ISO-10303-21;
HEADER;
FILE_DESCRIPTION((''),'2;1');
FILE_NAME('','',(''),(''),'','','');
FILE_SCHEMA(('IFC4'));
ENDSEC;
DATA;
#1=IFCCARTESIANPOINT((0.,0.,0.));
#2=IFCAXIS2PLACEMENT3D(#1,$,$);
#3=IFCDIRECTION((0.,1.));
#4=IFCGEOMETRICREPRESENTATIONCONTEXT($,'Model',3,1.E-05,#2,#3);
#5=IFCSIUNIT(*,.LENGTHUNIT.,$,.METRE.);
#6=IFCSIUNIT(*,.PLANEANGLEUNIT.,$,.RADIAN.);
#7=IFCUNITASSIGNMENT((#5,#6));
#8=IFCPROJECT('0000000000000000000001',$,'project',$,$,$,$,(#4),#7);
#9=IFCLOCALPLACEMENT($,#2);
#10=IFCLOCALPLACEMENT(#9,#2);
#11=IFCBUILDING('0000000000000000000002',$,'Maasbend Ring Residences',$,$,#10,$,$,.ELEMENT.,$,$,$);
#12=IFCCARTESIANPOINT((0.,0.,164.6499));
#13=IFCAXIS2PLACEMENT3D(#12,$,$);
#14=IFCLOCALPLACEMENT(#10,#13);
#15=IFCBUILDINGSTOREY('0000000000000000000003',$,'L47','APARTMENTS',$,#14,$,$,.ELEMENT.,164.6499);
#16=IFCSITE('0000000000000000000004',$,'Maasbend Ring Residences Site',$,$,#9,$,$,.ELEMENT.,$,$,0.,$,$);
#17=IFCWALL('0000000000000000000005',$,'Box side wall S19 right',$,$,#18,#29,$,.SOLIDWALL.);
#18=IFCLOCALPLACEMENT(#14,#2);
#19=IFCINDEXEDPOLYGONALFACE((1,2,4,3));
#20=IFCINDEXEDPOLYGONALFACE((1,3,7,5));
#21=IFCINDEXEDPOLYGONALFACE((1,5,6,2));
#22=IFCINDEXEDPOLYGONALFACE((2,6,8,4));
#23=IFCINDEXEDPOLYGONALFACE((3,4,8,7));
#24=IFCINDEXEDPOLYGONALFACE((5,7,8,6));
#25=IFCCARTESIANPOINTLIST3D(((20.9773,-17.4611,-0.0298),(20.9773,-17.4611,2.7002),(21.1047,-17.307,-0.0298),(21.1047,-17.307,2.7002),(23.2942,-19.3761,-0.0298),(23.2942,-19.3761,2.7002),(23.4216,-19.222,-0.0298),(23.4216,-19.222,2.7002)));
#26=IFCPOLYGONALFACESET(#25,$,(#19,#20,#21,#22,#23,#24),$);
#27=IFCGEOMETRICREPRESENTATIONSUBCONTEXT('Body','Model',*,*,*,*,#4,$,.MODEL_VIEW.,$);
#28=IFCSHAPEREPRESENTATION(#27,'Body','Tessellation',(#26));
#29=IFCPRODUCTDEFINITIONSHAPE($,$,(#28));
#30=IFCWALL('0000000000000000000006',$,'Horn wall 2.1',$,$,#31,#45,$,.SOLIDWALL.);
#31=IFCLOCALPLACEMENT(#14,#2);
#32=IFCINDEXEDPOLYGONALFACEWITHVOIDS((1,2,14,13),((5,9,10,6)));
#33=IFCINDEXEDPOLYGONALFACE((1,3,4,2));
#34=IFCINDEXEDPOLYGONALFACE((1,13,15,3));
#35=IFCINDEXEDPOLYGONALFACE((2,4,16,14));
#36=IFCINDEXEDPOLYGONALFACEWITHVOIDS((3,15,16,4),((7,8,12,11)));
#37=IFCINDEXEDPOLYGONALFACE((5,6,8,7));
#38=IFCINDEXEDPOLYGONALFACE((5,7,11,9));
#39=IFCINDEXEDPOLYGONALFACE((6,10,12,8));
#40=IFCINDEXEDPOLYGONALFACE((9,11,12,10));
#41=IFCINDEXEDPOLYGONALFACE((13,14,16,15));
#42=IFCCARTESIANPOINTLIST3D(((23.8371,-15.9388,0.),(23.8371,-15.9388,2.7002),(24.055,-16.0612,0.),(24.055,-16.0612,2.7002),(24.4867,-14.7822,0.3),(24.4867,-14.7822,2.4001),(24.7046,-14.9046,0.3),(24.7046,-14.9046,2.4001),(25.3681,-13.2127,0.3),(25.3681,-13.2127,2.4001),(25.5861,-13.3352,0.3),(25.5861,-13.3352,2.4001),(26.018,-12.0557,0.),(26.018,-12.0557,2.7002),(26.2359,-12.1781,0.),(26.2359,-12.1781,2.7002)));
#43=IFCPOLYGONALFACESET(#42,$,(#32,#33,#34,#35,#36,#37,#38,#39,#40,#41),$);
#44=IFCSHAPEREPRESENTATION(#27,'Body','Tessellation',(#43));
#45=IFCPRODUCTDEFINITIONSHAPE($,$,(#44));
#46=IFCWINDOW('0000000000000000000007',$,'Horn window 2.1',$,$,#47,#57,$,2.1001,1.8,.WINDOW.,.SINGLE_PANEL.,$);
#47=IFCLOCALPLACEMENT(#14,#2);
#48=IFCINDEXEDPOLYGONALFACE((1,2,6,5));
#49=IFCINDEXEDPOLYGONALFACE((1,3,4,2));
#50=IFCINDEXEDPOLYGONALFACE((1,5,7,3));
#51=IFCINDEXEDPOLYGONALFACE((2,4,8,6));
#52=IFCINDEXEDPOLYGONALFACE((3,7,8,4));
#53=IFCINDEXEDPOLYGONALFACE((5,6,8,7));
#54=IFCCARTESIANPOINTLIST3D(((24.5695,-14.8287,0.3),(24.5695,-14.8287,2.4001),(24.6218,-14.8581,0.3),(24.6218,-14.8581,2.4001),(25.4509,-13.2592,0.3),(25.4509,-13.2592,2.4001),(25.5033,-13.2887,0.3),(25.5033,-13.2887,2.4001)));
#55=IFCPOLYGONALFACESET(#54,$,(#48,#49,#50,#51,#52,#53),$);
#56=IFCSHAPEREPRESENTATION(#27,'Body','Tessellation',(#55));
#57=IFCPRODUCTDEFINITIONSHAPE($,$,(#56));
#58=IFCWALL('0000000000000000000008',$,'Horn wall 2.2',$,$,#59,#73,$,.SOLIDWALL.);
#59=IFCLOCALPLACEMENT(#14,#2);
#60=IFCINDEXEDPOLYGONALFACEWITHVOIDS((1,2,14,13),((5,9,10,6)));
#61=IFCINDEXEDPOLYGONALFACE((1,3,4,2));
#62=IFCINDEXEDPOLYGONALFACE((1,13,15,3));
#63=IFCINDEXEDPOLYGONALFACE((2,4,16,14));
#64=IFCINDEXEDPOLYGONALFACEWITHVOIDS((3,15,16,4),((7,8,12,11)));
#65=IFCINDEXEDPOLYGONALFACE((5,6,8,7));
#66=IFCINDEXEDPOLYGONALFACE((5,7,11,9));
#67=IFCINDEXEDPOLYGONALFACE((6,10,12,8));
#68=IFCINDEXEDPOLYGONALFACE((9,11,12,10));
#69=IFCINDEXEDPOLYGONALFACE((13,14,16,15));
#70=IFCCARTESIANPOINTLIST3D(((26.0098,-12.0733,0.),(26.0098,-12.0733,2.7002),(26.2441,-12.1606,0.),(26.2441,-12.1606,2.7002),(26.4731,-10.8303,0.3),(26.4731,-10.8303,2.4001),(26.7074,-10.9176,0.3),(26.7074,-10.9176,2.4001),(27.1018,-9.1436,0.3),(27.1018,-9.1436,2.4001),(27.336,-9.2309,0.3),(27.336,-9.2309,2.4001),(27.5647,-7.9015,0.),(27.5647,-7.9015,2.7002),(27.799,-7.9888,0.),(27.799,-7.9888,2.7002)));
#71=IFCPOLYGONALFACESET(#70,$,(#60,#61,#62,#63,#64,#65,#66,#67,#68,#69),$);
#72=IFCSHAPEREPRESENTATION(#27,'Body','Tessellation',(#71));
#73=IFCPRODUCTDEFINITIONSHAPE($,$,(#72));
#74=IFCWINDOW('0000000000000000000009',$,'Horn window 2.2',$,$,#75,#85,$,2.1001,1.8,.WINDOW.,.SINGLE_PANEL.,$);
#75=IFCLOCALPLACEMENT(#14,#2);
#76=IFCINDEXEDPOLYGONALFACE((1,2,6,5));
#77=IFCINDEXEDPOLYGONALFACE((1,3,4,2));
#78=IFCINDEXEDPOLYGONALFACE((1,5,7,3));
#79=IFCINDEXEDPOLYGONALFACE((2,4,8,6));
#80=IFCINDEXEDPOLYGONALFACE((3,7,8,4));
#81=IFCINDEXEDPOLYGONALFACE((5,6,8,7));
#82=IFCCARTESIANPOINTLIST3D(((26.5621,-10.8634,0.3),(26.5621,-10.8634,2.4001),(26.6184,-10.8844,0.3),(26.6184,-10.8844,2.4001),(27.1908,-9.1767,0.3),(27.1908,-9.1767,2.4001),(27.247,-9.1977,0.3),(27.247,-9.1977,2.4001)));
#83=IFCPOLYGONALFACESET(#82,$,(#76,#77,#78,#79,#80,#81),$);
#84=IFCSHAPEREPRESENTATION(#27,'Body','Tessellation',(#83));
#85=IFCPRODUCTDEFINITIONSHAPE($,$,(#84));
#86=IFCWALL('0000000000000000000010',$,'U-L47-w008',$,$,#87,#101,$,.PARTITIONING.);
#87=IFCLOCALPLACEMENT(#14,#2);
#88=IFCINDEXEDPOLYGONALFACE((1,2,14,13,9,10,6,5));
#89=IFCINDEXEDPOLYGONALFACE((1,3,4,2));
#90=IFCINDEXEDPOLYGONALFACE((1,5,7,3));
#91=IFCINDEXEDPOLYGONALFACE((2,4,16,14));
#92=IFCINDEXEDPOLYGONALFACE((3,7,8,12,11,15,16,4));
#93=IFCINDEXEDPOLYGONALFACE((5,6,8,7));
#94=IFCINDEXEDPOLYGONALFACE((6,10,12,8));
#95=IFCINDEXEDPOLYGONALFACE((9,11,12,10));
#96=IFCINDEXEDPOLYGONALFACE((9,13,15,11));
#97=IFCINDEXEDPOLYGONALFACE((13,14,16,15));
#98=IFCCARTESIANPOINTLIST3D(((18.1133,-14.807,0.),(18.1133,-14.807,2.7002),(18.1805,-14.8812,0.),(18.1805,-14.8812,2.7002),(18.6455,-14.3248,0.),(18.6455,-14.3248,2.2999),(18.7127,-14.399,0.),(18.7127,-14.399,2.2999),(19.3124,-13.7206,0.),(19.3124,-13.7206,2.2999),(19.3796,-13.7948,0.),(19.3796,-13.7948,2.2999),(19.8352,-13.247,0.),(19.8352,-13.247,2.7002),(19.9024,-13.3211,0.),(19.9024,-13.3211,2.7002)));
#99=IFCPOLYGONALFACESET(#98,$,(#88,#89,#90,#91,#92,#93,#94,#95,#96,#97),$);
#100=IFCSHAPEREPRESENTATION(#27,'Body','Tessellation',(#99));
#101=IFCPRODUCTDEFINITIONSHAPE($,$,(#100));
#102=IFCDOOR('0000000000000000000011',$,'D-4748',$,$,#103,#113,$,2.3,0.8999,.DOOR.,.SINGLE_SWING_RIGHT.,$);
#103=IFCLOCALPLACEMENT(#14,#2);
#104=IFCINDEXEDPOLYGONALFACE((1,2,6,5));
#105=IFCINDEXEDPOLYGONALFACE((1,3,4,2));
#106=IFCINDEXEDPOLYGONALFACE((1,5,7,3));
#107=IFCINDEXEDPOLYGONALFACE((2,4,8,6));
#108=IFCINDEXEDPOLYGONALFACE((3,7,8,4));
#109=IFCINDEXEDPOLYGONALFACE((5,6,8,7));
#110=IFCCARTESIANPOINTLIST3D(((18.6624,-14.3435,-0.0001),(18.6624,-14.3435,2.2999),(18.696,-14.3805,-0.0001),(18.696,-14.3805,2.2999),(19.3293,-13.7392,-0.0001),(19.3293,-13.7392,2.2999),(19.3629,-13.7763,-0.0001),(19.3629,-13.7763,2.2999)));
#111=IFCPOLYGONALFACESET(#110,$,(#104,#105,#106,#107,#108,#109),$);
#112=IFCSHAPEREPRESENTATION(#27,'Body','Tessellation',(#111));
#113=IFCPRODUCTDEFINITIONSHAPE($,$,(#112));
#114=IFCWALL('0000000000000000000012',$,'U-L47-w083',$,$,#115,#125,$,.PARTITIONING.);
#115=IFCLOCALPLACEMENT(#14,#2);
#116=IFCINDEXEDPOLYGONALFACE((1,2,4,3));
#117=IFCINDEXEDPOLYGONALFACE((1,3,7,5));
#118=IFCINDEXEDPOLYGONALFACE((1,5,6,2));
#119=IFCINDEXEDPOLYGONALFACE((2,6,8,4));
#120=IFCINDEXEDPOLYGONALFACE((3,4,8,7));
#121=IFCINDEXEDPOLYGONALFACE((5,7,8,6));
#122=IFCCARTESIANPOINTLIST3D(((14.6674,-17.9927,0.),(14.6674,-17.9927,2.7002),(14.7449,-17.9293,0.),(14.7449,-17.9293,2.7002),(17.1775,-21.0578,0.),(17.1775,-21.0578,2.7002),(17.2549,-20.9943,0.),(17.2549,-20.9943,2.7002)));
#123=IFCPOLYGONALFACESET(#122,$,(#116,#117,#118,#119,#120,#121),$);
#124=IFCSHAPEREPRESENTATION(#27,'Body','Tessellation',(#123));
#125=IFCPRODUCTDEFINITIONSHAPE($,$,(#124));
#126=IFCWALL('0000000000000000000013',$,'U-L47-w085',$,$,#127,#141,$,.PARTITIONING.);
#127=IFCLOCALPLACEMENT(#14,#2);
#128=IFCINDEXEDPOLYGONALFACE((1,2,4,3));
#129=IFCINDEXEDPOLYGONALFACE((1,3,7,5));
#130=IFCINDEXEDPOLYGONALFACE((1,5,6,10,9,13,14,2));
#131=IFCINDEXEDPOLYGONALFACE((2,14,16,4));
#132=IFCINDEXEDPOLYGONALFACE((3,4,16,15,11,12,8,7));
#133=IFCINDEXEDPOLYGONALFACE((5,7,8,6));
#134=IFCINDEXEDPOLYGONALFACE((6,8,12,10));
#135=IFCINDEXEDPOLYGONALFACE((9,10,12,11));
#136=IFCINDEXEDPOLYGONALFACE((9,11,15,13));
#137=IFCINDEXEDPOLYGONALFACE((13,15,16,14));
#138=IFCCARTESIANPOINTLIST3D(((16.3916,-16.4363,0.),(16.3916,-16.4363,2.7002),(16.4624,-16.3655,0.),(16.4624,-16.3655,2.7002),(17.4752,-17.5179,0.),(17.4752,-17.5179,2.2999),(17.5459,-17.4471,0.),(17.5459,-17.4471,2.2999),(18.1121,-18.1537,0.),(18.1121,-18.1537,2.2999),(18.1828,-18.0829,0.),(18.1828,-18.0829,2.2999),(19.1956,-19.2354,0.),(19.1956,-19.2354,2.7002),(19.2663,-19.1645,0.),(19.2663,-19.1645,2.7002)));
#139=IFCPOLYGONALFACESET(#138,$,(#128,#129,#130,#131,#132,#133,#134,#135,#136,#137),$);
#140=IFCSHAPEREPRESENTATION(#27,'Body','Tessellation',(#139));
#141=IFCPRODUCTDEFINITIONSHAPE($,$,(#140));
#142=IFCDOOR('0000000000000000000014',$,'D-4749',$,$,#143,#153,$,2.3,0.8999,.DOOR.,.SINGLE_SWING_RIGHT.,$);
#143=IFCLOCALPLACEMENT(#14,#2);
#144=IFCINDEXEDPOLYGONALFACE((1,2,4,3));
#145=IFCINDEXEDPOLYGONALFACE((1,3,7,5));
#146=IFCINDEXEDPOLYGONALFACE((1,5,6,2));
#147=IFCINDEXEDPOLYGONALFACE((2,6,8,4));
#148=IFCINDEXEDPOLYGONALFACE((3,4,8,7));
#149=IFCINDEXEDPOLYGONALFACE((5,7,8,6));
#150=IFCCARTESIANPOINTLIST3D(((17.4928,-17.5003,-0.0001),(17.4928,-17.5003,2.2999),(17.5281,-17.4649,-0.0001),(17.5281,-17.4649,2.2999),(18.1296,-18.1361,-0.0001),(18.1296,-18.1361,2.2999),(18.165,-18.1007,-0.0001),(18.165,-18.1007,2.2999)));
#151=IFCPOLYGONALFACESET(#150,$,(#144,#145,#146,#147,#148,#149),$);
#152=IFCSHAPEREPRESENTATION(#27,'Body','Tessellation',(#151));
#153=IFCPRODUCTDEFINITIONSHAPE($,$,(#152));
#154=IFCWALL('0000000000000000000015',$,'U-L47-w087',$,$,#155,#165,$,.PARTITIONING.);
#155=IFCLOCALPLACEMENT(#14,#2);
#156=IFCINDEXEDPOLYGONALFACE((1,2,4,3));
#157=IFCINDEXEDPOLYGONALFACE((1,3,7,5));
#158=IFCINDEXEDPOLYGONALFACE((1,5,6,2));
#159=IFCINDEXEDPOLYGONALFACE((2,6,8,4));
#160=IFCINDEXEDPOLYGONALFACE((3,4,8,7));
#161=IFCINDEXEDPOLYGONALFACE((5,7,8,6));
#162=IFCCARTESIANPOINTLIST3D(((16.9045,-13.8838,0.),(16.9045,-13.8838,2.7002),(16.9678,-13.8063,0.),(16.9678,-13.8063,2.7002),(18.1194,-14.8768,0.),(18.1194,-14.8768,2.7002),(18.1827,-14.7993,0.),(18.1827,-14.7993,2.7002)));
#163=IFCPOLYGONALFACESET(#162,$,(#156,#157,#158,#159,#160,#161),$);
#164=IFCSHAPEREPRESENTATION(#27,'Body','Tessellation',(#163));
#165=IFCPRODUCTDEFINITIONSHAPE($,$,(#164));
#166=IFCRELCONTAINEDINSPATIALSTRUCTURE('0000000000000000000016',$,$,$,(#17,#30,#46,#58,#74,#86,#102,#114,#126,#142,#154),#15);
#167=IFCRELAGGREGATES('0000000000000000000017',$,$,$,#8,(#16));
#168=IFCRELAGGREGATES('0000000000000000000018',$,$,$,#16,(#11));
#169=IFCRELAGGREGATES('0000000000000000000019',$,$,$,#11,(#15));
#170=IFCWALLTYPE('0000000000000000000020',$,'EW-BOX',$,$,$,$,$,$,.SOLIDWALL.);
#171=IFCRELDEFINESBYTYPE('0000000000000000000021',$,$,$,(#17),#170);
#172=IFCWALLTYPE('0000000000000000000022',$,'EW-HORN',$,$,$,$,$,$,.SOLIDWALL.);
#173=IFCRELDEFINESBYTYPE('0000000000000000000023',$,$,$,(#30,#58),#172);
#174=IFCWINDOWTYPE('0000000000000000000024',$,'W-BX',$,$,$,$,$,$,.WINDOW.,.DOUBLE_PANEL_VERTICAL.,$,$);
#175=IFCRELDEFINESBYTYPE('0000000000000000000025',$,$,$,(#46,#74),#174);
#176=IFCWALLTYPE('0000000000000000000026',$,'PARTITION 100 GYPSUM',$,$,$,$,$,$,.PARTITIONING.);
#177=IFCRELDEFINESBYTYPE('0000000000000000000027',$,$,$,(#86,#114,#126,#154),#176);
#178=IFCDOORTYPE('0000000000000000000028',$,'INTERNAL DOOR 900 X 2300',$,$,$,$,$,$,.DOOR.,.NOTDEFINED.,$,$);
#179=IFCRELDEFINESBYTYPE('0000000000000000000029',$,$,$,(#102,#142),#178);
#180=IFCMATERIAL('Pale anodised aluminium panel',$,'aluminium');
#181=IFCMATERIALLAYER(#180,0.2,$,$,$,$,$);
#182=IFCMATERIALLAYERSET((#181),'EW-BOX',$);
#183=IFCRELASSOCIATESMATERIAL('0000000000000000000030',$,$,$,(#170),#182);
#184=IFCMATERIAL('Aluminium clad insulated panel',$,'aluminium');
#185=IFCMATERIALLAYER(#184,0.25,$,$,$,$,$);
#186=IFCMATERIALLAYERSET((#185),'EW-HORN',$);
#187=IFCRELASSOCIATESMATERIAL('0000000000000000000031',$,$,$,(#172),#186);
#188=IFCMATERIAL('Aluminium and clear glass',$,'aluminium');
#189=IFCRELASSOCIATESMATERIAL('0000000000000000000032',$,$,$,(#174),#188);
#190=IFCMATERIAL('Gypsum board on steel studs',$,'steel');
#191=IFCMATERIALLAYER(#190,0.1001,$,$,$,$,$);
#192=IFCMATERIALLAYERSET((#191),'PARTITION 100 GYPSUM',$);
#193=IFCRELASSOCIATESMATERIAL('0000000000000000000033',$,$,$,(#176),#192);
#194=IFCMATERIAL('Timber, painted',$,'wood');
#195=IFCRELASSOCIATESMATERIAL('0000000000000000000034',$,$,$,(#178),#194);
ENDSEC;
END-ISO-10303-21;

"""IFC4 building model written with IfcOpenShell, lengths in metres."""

from ifc_helpers import new_model, si_unit, direction, frame, frame_2d, origin, place, context, subcontext, project, spatial, rectangle, extrude, material, layer, layer_set, type_object, element, fill, save


model = new_model("IFC4")

# Units and contexts
model_context = context("Model", 3, precision=1e-05, world=origin(), true_north=direction((0.0, 1.0)))
body_context = subcontext(model_context, "Body", "Model", "MODEL_VIEW")
ifc_project = project(units=[si_unit("LENGTHUNIT", "METRE"), si_unit("PLANEANGLEUNIT", "RADIAN")], contexts=[model_context])

# Site, building, storey
site_placement = place(None, origin())
site = spatial("IfcSite", under=ifc_project, at=site_placement, Name="Maasbend Ring Residences Site", CompositionType="ELEMENT", RefElevation=0.0)
building_placement = place(site_placement, origin())
building = spatial("IfcBuilding", under=site, at=building_placement, Name="Maasbend Ring Residences", CompositionType="ELEMENT")
storey_placement = place(building_placement, frame((0.0, 0.0, 164.6499)))
storey = spatial("IfcBuildingStorey", under=building, at=storey_placement, Name="L47", Description="APARTMENTS", CompositionType="ELEMENT", Elevation=164.6499)

# Wall
ifc_material_1 = material(Name="Pale anodised aluminium panel", Category="aluminium")
ifc_layer_1 = layer(ifc_material_1, 0.2)
ifc_layer_set_1 = layer_set([ifc_layer_1], Name="EW-BOX")
wall_type_1 = type_object("IfcWallType", Name="EW-BOX", PredefinedType="SOLIDWALL", material=ifc_layer_set_1)
wall_1_placement = place(storey_placement, frame((21.041, -17.384, -0.0298), z_axis=(0.0, 0.0, 1.0), x_axis=(0.770785, -0.637096, 0.0)))
element("IfcWall", 1, at=wall_1_placement, inside=storey, type_object=wall_type_1, Name="Box side wall S19 right", PredefinedType="SOLIDWALL", context=body_context, shape_type="SweptSolid", body=[
    extrude(rectangle(XDim=3.0059, YDim=0.2, at=frame_2d((1.5029, 0.0))), origin(), (0.0, 0.0, 1.0), 2.73),
])

# Walls, openings, windows
ifc_material_2 = material(Name="Aluminium clad insulated panel", Category="aluminium")
ifc_layer_2 = layer(ifc_material_2, 0.25)
ifc_layer_set_2 = layer_set([ifc_layer_2], Name="EW-HORN")
wall_type_2 = type_object("IfcWallType", Name="EW-HORN", PredefinedType="SOLIDWALL", material=ifc_layer_set_2)
wall_2_placement = place(storey_placement, frame((23.946, -16.0, 0.0), z_axis=(0.0, 0.0, 1.0), x_axis=(0.489696, 0.871893, 0.0)))
wall_2 = element("IfcWall", 2, at=wall_2_placement, inside=storey, type_object=wall_type_2, Name="Horn wall 2.1", PredefinedType="SOLIDWALL", context=body_context, shape_type="SweptSolid", body=[
    extrude(rectangle(XDim=4.4536, YDim=0.25, at=frame_2d((2.2268, 0.0))), origin(), (0.0, 0.0, 1.0), 2.7002),
])
opening_1_placement = place(wall_2_placement, frame((1.3267, 0.0, 0.3)))
opening_1 = element("IfcOpeningElement", 3, at=opening_1_placement, cuts=wall_2, PredefinedType="OPENING", context=body_context, shape_type="SweptSolid", body=[
    extrude(rectangle(XDim=1.8, YDim=2.1001, at=frame_2d((0.8999, 1.05))), frame((0.0, 0.135, 0.0), z_axis=(0.0, -1.0, 0.0), x_axis=(1.0, 0.0, 0.0)), (0.0, 0.0, 1.0), 0.27),
])
ifc_material_3 = material(Name="Aluminium and clear glass", Category="aluminium")
window_type = type_object("IfcWindowType", Name="W-BX", PartitioningType="DOUBLE_PANEL_VERTICAL", PredefinedType="WINDOW", material=ifc_material_3)
window_1_placement = place(opening_1_placement, origin())
window_1 = element("IfcWindow", 4, at=window_1_placement, inside=storey, type_object=window_type, Name="Horn window 2.1", OverallHeight=2.1001, OverallWidth=1.8, PartitioningType="SINGLE_PANEL", PredefinedType="WINDOW", context=body_context, shape_type="SweptSolid", body=[
    extrude(rectangle(XDim=1.8, YDim=2.1001, at=frame_2d((0.8999, 1.05))), frame((0.0, 0.03, 0.0), z_axis=(0.0, -1.0, 0.0), x_axis=(1.0, 0.0, 0.0)), (0.0, 0.0, 1.0), 0.0601),
])
fill(opening_1, window_1)
wall_3_placement = place(storey_placement, frame((26.127, -12.1169, 0.0), z_axis=(0.0, 0.0, 1.0), x_axis=(0.349248, 0.93703, 0.0)))
wall_3 = element("IfcWall", 5, at=wall_3_placement, inside=storey, type_object=wall_type_2, Name="Horn wall 2.2", PredefinedType="SOLIDWALL", context=body_context, shape_type="SweptSolid", body=[
    extrude(rectangle(XDim=4.4521, YDim=0.25, at=frame_2d((2.2261, 0.0))), origin(), (0.0, 0.0, 1.0), 2.7002),
])
opening_2_placement = place(wall_3_placement, frame((1.3267, 0.0, 0.3)))
opening_2 = element("IfcOpeningElement", 6, at=opening_2_placement, cuts=wall_3, PredefinedType="OPENING", context=body_context, shape_type="SweptSolid", body=[
    extrude(rectangle(XDim=1.8, YDim=2.1001, at=frame_2d((0.8999, 1.05))), frame((0.0, 0.135, 0.0), z_axis=(0.0, -1.0, 0.0), x_axis=(1.0, 0.0, 0.0)), (0.0, 0.0, 1.0), 0.27),
])
window_2_placement = place(opening_2_placement, origin())
window_2 = element("IfcWindow", 7, at=window_2_placement, inside=storey, type_object=window_type, Name="Horn window 2.2", OverallHeight=2.1001, OverallWidth=1.8, PartitioningType="SINGLE_PANEL", PredefinedType="WINDOW", context=body_context, shape_type="SweptSolid", body=[
    extrude(rectangle(XDim=1.8, YDim=2.1001, at=frame_2d((0.8999, 1.05))), frame((0.0, 0.03, 0.0), z_axis=(0.0, -1.0, 0.0), x_axis=(1.0, 0.0, 0.0)), (0.0, 0.0, 1.0), 0.0601),
])
fill(opening_2, window_2)

# Wall, opening, door
ifc_material_4 = material(Name="Gypsum board on steel studs", Category="steel")
ifc_layer_3 = layer(ifc_material_4, 0.1001)
ifc_layer_set_3 = layer_set([ifc_layer_3], Name="PARTITION 100 GYPSUM")
wall_type_3 = type_object("IfcWallType", Name="PARTITION 100 GYPSUM", PredefinedType="PARTITIONING", material=ifc_layer_set_3)
wall_4_placement = place(storey_placement, frame((18.147, -14.844, 0.0), z_axis=(0.0, 0.0, 1.0), x_axis=(0.74108, 0.671417, 0.0)))
wall_4 = element("IfcWall", 8, at=wall_4_placement, inside=storey, type_object=wall_type_3, Name="U-L47-w008", PredefinedType="PARTITIONING", context=body_context, shape_type="SweptSolid", body=[
    extrude(rectangle(XDim=2.3235, YDim=0.1001, at=frame_2d((1.1616, 0.0))), origin(), (0.0, 0.0, 1.0), 2.7002),
])
opening_3_placement = place(wall_4_placement, frame((0.718, 0.0, 0.0)))
opening_3 = element("IfcOpeningElement", 9, at=opening_3_placement, cuts=wall_4, PredefinedType="OPENING", context=body_context, shape_type="SweptSolid", body=[
    extrude(rectangle(XDim=0.8999, YDim=2.3, at=frame_2d((0.45, 1.1499))), frame((0.0, 0.0601, 0.0), z_axis=(0.0, -1.0, 0.0), x_axis=(1.0, 0.0, 0.0)), (0.0, 0.0, 1.0), 0.1201),
])
ifc_material_5 = material(Name="Timber, painted", Category="wood")
door_type_1 = type_object("IfcDoorType", Name="INTERNAL DOOR 900 X 2300", OperationType="NOTDEFINED", PredefinedType="DOOR", material=ifc_material_5)
door_1_placement = place(opening_3_placement, origin())
door_1 = element("IfcDoor", 10, at=door_1_placement, inside=storey, type_object=door_type_1, Name="D-4748", OperationType="SINGLE_SWING_RIGHT", OverallHeight=2.3, OverallWidth=0.8999, PredefinedType="DOOR", context=body_context, shape_type="SweptSolid", body=[
    extrude(rectangle(XDim=0.8999, YDim=2.3, at=frame_2d((0.45, 1.1499))), frame((0.0, 0.0249, 0.0), z_axis=(0.0, -1.0, 0.0), x_axis=(1.0, 0.0, 0.0)), (0.0, 0.0, 1.0), 0.05),
])
fill(opening_3, door_1)

# Wall
wall_5_placement = place(storey_placement, frame((14.7061, -17.9609, 0.0), z_axis=(0.0, 0.0, 1.0), x_axis=(0.63359, -0.773669, 0.0)))
element("IfcWall", 11, at=wall_5_placement, inside=storey, type_object=wall_type_3, Name="U-L47-w083", PredefinedType="PARTITIONING", context=body_context, shape_type="SweptSolid", body=[
    extrude(rectangle(XDim=3.9617, YDim=0.1001, at=frame_2d((1.981, 0.0))), origin(), (0.0, 0.0, 1.0), 2.7002),
])

# Wall, opening, door
wall_6_placement = place(storey_placement, frame((16.427, -16.4009, 0.0), z_axis=(0.0, 0.0, 1.0), x_axis=(0.707723, -0.70649, 0.0)))
wall_6 = element("IfcWall", 12, at=wall_6_placement, inside=storey, type_object=wall_type_3, Name="U-L47-w085", PredefinedType="PARTITIONING", context=body_context, shape_type="SweptSolid", body=[
    extrude(rectangle(XDim=3.9619, YDim=0.1001, at=frame_2d((1.981, 0.0))), origin(), (0.0, 0.0, 1.0), 2.7002),
])
opening_4_placement = place(wall_6_placement, frame((1.531, 0.0, 0.0)))
opening_4 = element("IfcOpeningElement", 13, at=opening_4_placement, cuts=wall_6, PredefinedType="OPENING", context=body_context, shape_type="SweptSolid", body=[
    extrude(rectangle(XDim=0.8999, YDim=2.3, at=frame_2d((0.45, 1.1499))), frame((0.0, 0.0601, 0.0), z_axis=(0.0, -1.0, 0.0), x_axis=(1.0, 0.0, 0.0)), (0.0, 0.0, 1.0), 0.1201),
])
door_2_placement = place(opening_4_placement, origin())
door_2 = element("IfcDoor", 14, at=door_2_placement, inside=storey, type_object=door_type_1, Name="D-4749", OperationType="SINGLE_SWING_RIGHT", OverallHeight=2.3, OverallWidth=0.8999, PredefinedType="DOOR", context=body_context, shape_type="SweptSolid", body=[
    extrude(rectangle(XDim=0.8999, YDim=2.3, at=frame_2d((0.45, 1.1499))), frame((0.0, 0.0249, 0.0), z_axis=(0.0, -1.0, 0.0), x_axis=(1.0, 0.0, 0.0)), (0.0, 0.0, 1.0), 0.05),
])
fill(opening_4, door_2)

# Wall
wall_7_placement = place(storey_placement, frame((16.936, -13.845, 0.0), z_axis=(0.0, 0.0, 1.0), x_axis=(0.774283, -0.632839, 0.0)))
element("IfcWall", 15, at=wall_7_placement, inside=storey, type_object=wall_type_3, Name="U-L47-w087", PredefinedType="PARTITIONING", context=body_context, shape_type="SweptSolid", body=[
    extrude(rectangle(XDim=1.5691, YDim=0.1001, at=frame_2d((0.7847, 0.0))), origin(), (0.0, 0.0, 1.0), 2.7002),
])

save(model, "model.ifc")
